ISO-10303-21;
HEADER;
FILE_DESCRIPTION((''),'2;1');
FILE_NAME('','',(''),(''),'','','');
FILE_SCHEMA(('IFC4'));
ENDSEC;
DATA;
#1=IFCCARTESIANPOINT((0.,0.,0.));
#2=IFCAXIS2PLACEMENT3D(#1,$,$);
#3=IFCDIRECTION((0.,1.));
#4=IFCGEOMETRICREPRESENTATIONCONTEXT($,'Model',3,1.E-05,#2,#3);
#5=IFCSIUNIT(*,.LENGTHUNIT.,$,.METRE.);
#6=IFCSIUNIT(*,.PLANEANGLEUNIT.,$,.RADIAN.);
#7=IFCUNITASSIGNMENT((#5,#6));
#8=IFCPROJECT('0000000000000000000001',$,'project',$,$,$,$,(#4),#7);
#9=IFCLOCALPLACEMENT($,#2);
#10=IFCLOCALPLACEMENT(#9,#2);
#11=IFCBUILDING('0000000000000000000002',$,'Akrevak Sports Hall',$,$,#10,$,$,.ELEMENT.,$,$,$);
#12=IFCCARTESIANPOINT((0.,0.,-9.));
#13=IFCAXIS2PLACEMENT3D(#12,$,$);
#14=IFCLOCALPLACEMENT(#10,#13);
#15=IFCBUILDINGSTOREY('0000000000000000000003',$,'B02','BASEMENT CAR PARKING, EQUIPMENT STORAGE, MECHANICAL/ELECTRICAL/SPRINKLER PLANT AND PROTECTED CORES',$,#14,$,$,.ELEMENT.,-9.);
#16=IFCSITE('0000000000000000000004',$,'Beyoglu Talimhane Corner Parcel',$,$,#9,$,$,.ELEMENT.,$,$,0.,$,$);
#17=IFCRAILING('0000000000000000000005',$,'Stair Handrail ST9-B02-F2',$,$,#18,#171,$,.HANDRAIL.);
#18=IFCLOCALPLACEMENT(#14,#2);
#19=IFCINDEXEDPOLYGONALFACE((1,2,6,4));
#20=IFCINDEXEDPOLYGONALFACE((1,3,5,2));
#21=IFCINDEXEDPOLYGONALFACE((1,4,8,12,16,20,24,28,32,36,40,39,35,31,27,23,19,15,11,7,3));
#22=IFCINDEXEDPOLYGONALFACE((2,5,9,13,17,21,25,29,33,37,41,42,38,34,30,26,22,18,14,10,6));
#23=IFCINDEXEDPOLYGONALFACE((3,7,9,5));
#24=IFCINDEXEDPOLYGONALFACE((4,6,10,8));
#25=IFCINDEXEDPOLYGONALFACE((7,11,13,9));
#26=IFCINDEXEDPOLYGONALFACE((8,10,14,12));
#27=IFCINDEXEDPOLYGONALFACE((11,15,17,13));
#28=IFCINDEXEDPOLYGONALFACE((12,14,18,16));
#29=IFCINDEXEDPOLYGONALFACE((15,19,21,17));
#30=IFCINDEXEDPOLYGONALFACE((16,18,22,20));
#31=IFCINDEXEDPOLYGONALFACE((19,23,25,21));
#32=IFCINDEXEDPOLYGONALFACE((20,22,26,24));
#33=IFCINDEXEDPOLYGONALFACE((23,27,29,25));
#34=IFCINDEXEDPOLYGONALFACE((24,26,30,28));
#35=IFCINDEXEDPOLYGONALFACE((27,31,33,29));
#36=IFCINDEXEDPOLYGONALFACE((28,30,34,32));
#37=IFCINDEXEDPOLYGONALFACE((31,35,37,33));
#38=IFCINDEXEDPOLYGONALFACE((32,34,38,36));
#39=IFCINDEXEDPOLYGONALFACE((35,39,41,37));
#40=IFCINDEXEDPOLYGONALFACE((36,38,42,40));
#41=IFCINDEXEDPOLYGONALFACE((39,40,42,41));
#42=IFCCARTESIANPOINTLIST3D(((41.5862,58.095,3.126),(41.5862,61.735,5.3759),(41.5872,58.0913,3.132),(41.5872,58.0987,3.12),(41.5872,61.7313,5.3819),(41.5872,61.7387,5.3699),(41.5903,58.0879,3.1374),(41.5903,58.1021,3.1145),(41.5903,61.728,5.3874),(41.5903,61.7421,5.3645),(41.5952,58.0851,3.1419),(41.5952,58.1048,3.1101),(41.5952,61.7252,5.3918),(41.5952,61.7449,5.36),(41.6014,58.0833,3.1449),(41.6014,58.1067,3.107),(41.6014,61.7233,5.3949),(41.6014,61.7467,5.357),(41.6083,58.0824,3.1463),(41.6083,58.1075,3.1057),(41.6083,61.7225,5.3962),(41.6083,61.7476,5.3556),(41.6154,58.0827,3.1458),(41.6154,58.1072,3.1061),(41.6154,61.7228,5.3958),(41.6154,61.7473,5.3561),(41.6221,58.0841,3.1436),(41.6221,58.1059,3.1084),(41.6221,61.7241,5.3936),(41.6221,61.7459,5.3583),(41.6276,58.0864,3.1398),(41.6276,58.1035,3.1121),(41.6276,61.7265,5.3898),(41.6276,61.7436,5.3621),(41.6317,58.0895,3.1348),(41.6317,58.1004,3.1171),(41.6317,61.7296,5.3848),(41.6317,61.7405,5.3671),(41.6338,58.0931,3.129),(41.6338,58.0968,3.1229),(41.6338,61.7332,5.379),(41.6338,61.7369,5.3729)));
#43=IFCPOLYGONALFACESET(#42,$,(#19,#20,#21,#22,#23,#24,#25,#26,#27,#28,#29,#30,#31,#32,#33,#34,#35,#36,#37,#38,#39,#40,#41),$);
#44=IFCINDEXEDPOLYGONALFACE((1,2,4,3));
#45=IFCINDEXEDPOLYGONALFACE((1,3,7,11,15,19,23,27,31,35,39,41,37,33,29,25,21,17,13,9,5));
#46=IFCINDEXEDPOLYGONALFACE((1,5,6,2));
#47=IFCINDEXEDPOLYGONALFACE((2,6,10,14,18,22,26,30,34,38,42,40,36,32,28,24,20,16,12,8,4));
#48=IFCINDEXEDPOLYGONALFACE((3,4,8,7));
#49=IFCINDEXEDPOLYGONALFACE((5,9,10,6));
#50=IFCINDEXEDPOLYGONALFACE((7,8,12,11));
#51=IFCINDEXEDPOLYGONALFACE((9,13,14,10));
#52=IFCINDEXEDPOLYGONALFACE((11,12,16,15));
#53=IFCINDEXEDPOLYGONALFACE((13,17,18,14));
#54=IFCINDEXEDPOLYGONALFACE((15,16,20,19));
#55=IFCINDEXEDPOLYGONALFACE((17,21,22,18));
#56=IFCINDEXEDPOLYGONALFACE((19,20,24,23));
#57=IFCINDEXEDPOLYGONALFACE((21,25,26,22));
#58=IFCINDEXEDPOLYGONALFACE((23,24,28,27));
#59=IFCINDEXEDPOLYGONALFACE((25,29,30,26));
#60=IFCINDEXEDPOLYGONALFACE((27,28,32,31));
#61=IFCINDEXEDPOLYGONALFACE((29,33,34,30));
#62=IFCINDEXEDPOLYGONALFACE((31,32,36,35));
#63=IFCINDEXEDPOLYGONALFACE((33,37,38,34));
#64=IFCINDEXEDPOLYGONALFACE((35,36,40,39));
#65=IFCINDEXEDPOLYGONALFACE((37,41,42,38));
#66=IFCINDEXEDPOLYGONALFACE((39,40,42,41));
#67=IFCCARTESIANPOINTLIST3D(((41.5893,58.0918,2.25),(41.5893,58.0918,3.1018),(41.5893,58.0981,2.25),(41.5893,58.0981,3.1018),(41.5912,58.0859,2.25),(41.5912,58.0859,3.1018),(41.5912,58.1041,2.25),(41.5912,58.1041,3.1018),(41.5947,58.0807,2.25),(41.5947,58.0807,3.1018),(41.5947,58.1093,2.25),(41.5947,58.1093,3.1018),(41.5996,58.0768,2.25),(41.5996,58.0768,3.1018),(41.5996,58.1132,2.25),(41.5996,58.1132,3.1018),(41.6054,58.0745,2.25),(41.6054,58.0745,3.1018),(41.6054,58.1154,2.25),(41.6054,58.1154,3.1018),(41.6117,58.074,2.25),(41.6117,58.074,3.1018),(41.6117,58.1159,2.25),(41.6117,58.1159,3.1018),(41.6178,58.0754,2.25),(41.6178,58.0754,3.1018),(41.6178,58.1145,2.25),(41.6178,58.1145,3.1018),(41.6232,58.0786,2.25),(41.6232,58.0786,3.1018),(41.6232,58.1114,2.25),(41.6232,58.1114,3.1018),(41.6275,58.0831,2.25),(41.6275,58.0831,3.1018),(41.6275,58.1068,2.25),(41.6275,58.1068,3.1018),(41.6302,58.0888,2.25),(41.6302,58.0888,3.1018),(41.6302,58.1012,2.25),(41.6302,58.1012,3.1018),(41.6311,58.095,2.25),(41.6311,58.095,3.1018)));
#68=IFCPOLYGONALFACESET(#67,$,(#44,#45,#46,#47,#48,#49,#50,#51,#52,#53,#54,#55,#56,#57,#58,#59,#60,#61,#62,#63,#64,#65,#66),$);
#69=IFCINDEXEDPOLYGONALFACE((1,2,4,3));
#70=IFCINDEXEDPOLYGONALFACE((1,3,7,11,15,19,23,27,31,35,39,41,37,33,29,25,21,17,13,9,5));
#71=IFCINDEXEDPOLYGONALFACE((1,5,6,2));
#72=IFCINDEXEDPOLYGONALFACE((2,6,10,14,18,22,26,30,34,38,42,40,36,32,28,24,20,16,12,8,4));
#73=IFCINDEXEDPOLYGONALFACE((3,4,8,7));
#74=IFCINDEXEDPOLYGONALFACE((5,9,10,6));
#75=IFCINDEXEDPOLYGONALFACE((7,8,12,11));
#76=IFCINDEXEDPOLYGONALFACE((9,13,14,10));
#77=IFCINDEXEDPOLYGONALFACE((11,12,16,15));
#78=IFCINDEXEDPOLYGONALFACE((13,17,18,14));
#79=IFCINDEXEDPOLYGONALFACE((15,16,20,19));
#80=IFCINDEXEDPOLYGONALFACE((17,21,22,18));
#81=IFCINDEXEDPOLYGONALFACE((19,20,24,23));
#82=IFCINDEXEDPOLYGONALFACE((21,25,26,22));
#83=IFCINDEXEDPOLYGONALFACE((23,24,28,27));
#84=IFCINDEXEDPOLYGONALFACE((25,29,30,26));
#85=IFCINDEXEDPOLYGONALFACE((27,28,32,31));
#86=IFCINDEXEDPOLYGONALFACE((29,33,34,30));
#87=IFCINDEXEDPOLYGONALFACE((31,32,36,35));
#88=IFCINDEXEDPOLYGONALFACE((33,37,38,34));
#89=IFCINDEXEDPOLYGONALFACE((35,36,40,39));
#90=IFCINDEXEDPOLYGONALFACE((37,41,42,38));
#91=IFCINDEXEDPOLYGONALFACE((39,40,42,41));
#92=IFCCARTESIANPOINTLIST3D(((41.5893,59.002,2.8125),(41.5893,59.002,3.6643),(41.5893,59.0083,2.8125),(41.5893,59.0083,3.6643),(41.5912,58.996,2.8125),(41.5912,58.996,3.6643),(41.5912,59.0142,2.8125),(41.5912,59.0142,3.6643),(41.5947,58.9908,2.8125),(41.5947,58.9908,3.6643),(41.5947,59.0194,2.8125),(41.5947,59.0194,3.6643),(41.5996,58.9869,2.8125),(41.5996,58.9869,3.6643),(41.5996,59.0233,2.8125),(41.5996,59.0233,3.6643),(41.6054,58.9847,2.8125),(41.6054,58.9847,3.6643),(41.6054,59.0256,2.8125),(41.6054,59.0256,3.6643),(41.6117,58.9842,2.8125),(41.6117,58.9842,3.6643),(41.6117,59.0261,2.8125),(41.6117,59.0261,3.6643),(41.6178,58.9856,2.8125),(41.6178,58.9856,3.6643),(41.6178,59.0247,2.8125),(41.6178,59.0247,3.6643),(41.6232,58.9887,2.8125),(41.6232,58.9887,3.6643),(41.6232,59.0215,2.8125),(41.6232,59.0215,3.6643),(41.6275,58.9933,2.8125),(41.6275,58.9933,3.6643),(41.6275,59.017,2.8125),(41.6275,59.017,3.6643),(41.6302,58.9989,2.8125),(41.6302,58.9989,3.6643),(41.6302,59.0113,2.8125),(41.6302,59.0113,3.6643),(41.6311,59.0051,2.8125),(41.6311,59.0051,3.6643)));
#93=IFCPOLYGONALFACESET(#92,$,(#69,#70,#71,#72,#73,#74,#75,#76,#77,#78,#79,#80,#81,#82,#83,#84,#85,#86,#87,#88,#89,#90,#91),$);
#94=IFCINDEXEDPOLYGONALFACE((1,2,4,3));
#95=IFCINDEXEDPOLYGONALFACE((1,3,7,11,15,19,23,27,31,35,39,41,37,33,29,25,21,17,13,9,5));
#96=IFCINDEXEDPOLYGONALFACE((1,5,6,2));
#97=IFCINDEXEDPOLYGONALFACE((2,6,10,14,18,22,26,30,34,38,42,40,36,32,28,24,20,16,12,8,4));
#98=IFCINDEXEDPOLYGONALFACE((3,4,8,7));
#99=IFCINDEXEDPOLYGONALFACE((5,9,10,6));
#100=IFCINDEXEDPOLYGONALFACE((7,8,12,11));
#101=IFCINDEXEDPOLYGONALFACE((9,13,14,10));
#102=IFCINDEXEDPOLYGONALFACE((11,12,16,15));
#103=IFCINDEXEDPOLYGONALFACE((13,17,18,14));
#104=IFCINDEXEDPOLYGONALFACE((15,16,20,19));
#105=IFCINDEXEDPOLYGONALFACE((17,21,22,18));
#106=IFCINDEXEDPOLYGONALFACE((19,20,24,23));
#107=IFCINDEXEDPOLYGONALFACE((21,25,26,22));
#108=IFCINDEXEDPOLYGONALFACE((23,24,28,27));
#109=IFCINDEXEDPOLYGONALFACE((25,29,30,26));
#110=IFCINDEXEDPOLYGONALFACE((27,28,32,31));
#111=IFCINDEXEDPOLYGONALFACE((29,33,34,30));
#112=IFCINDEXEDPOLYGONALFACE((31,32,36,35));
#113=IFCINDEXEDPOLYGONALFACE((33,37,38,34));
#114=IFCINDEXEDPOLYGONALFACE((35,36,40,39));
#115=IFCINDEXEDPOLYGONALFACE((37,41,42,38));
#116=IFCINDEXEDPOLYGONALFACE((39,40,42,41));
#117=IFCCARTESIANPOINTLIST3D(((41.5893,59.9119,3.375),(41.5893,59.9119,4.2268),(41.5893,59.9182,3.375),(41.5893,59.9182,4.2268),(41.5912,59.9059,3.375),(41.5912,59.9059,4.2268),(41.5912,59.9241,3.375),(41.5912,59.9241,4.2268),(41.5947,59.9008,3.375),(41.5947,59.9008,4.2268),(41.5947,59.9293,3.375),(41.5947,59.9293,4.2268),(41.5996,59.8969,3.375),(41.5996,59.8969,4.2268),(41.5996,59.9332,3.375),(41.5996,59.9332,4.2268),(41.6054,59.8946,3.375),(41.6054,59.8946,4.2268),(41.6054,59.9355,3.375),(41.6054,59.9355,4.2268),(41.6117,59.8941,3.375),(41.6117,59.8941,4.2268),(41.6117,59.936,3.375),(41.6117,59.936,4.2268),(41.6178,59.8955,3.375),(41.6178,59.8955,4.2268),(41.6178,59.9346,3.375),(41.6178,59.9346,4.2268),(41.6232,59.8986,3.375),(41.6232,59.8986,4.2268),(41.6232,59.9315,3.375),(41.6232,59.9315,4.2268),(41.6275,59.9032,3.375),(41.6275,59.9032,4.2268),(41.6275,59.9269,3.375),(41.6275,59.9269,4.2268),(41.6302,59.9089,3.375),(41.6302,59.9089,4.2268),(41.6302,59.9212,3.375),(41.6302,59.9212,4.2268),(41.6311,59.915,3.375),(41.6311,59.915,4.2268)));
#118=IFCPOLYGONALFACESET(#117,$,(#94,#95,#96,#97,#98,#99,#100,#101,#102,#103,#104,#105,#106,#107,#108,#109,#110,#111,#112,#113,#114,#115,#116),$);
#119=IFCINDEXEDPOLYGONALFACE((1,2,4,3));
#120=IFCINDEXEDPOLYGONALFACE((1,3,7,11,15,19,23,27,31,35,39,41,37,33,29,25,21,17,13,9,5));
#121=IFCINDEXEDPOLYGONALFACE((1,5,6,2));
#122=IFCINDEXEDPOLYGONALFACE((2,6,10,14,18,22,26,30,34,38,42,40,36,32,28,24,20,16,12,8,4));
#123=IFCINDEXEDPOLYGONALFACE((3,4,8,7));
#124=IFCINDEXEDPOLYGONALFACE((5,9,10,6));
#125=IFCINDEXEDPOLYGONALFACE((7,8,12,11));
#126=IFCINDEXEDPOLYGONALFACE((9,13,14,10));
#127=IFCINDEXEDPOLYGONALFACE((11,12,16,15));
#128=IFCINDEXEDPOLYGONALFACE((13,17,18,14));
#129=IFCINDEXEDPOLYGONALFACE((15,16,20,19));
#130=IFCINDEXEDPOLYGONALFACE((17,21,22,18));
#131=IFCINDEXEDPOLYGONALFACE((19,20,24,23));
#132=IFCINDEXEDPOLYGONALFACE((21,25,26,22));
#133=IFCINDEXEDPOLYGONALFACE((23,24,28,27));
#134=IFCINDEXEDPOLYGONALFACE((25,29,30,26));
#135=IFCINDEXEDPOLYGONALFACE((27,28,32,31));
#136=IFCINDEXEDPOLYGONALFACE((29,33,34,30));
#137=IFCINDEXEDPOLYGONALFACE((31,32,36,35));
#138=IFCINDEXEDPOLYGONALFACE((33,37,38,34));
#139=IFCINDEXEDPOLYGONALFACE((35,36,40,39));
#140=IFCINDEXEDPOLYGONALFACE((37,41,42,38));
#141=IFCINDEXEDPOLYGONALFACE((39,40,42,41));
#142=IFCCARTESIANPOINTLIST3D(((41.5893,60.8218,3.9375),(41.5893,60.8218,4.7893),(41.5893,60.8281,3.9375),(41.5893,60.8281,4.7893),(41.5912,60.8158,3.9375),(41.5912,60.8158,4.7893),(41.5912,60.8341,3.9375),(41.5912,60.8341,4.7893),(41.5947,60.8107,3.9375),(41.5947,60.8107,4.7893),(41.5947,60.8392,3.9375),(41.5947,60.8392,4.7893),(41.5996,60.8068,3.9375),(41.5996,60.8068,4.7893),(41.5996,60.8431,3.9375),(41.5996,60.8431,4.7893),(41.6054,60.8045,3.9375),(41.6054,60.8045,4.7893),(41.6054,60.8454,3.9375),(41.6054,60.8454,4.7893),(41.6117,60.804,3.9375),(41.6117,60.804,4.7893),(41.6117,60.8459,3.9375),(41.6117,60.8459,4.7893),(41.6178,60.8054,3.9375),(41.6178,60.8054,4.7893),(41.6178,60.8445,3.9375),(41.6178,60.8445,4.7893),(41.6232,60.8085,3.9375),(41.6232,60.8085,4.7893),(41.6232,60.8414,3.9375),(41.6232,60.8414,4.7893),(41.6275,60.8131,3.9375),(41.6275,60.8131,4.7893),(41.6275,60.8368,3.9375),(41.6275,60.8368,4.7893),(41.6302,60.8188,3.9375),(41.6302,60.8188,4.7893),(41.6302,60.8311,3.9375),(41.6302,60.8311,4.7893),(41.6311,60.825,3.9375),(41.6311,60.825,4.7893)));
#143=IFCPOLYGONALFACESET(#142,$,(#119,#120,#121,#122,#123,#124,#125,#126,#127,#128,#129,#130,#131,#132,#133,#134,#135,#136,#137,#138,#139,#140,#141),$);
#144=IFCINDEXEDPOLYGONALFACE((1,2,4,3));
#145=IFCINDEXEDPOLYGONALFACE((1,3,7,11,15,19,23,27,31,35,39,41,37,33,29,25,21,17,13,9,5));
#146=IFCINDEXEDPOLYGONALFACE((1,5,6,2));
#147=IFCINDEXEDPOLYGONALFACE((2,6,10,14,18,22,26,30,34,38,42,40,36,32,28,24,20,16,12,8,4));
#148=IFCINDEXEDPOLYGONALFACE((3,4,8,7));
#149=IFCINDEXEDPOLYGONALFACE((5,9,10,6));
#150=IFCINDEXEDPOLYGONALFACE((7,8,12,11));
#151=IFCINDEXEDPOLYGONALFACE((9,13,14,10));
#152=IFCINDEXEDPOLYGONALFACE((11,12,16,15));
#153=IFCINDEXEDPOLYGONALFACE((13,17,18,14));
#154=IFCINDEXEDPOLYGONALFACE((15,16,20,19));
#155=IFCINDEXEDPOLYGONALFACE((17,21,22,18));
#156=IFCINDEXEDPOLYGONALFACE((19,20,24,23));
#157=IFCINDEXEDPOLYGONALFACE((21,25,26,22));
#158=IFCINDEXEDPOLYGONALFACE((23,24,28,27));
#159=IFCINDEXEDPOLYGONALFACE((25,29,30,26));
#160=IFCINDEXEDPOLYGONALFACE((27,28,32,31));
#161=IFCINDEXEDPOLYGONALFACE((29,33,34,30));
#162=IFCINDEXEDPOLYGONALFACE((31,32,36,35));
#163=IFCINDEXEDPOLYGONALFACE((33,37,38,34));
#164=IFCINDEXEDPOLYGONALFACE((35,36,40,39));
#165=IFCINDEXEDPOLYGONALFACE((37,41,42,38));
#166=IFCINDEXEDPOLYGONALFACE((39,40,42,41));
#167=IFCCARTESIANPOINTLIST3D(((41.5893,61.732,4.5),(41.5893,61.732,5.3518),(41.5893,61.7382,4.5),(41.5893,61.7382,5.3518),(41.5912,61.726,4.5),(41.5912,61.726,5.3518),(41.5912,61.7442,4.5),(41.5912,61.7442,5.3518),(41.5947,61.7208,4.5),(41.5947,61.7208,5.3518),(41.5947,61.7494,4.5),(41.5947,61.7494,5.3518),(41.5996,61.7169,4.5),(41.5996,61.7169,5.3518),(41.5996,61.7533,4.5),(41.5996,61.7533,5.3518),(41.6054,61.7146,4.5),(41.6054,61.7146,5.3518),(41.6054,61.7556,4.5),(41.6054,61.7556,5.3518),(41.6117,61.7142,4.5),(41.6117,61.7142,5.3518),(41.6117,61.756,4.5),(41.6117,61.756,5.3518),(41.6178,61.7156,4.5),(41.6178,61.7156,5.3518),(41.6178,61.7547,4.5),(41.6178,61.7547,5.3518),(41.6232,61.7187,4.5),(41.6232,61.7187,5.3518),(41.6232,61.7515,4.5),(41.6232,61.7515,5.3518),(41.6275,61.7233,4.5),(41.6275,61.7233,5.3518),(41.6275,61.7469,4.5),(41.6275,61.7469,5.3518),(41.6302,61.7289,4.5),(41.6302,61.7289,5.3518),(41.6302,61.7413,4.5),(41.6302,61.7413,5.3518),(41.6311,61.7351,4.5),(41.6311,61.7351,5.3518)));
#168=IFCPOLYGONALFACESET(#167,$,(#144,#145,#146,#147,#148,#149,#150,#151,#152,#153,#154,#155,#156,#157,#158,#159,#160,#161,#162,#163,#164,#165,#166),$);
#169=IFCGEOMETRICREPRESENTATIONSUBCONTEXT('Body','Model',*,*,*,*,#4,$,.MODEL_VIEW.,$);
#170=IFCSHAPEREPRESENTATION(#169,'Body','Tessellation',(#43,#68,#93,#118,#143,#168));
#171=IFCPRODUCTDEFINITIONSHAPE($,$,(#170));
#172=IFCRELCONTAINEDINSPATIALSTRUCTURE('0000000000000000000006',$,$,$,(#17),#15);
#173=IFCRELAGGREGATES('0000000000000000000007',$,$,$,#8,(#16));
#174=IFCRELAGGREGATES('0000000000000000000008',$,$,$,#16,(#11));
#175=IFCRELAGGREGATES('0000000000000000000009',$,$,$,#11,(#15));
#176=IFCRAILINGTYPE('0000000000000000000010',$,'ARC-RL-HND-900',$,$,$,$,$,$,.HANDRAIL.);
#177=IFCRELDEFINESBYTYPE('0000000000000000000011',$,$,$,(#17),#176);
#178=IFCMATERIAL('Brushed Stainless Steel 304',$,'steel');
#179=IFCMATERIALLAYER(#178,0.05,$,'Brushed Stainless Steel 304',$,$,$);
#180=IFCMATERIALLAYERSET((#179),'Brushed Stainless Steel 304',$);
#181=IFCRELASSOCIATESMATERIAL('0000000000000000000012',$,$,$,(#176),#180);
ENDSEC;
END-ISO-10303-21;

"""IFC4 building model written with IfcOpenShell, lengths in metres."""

from ifc_helpers import new_model, si_unit, direction, frame, origin, origin_2d, place, context, subcontext, project, spatial, circle, extrude, material, layer, layer_set, type_object, element, save


model = new_model("IFC4")

# Units and contexts
model_context = context("Model", 3, precision=1e-05, world=origin(), true_north=direction((0.0, 1.0)))
body_context = subcontext(model_context, "Body", "Model", "MODEL_VIEW")
ifc_project = project(units=[si_unit("LENGTHUNIT", "METRE"), si_unit("PLANEANGLEUNIT", "RADIAN")], contexts=[model_context])

# Site, building, storey
site_placement = place(None, origin())
site = spatial("IfcSite", under=ifc_project, at=site_placement, Name="Beyoglu Talimhane Corner Parcel", CompositionType="ELEMENT", RefElevation=0.0)
building_placement = place(site_placement, origin())
building = spatial("IfcBuilding", under=site, at=building_placement, Name="Akrevak Sports Hall", CompositionType="ELEMENT")
storey_placement = place(building_placement, frame((0.0, 0.0, -9.0)))
storey = spatial("IfcBuildingStorey", under=building, at=storey_placement, Name="B02", Description="BASEMENT CAR PARKING, EQUIPMENT STORAGE, MECHANICAL/ELECTRICAL/SPRINKLER PLANT AND PROTECTED CORES", CompositionType="ELEMENT", Elevation=-9.0)

# Railing
ifc_material_1 = material(Name="Brushed Stainless Steel 304", Category="steel")
ifc_layer_1 = layer(ifc_material_1, 0.05, Name="Brushed Stainless Steel 304")
ifc_layer_set_1 = layer_set([ifc_layer_1], Name="Brushed Stainless Steel 304")
railing_type_1 = type_object("IfcRailingType", Name="ARC-RL-HND-900", PredefinedType="HANDRAIL", material=ifc_layer_set_1)
railing_1_placement = place(storey_placement, frame((41.6101, 58.095, 2.25)))
element("IfcRailing", 1, at=railing_1_placement, inside=storey, type_object=railing_type_1, Name="Stair Handrail ST9-B02-F2", PredefinedType="HANDRAIL", context=body_context, shape_type="SweptSolid", body=[
    extrude(circle(Radius=0.0239, at=origin_2d()), frame((0.0, 0.0, 0.876), z_axis=(0.0, 0.850622, 0.525777), x_axis=(-1.0, 0.0, 0.0)), (0.0, 0.0, 1.0), 4.2793),
    extrude(circle(Radius=0.021, at=origin_2d()), origin(), (0.0, 0.0, 1.0), 0.8518),
    extrude(circle(Radius=0.021, at=origin_2d()), frame((0.0, 0.9102, 0.5625)), (0.0, 0.0, 1.0), 0.8518),
    extrude(circle(Radius=0.021, at=origin_2d()), frame((0.0, 1.8201, 1.125)), (0.0, 0.0, 1.0), 0.8518),
    extrude(circle(Radius=0.021, at=origin_2d()), frame((0.0, 2.73, 1.6875)), (0.0, 0.0, 1.0), 0.8518),
    extrude(circle(Radius=0.021, at=origin_2d()), frame((0.0, 3.6401, 2.25)), (0.0, 0.0, 1.0), 0.8518),
])

save(model, "model.ifc")
